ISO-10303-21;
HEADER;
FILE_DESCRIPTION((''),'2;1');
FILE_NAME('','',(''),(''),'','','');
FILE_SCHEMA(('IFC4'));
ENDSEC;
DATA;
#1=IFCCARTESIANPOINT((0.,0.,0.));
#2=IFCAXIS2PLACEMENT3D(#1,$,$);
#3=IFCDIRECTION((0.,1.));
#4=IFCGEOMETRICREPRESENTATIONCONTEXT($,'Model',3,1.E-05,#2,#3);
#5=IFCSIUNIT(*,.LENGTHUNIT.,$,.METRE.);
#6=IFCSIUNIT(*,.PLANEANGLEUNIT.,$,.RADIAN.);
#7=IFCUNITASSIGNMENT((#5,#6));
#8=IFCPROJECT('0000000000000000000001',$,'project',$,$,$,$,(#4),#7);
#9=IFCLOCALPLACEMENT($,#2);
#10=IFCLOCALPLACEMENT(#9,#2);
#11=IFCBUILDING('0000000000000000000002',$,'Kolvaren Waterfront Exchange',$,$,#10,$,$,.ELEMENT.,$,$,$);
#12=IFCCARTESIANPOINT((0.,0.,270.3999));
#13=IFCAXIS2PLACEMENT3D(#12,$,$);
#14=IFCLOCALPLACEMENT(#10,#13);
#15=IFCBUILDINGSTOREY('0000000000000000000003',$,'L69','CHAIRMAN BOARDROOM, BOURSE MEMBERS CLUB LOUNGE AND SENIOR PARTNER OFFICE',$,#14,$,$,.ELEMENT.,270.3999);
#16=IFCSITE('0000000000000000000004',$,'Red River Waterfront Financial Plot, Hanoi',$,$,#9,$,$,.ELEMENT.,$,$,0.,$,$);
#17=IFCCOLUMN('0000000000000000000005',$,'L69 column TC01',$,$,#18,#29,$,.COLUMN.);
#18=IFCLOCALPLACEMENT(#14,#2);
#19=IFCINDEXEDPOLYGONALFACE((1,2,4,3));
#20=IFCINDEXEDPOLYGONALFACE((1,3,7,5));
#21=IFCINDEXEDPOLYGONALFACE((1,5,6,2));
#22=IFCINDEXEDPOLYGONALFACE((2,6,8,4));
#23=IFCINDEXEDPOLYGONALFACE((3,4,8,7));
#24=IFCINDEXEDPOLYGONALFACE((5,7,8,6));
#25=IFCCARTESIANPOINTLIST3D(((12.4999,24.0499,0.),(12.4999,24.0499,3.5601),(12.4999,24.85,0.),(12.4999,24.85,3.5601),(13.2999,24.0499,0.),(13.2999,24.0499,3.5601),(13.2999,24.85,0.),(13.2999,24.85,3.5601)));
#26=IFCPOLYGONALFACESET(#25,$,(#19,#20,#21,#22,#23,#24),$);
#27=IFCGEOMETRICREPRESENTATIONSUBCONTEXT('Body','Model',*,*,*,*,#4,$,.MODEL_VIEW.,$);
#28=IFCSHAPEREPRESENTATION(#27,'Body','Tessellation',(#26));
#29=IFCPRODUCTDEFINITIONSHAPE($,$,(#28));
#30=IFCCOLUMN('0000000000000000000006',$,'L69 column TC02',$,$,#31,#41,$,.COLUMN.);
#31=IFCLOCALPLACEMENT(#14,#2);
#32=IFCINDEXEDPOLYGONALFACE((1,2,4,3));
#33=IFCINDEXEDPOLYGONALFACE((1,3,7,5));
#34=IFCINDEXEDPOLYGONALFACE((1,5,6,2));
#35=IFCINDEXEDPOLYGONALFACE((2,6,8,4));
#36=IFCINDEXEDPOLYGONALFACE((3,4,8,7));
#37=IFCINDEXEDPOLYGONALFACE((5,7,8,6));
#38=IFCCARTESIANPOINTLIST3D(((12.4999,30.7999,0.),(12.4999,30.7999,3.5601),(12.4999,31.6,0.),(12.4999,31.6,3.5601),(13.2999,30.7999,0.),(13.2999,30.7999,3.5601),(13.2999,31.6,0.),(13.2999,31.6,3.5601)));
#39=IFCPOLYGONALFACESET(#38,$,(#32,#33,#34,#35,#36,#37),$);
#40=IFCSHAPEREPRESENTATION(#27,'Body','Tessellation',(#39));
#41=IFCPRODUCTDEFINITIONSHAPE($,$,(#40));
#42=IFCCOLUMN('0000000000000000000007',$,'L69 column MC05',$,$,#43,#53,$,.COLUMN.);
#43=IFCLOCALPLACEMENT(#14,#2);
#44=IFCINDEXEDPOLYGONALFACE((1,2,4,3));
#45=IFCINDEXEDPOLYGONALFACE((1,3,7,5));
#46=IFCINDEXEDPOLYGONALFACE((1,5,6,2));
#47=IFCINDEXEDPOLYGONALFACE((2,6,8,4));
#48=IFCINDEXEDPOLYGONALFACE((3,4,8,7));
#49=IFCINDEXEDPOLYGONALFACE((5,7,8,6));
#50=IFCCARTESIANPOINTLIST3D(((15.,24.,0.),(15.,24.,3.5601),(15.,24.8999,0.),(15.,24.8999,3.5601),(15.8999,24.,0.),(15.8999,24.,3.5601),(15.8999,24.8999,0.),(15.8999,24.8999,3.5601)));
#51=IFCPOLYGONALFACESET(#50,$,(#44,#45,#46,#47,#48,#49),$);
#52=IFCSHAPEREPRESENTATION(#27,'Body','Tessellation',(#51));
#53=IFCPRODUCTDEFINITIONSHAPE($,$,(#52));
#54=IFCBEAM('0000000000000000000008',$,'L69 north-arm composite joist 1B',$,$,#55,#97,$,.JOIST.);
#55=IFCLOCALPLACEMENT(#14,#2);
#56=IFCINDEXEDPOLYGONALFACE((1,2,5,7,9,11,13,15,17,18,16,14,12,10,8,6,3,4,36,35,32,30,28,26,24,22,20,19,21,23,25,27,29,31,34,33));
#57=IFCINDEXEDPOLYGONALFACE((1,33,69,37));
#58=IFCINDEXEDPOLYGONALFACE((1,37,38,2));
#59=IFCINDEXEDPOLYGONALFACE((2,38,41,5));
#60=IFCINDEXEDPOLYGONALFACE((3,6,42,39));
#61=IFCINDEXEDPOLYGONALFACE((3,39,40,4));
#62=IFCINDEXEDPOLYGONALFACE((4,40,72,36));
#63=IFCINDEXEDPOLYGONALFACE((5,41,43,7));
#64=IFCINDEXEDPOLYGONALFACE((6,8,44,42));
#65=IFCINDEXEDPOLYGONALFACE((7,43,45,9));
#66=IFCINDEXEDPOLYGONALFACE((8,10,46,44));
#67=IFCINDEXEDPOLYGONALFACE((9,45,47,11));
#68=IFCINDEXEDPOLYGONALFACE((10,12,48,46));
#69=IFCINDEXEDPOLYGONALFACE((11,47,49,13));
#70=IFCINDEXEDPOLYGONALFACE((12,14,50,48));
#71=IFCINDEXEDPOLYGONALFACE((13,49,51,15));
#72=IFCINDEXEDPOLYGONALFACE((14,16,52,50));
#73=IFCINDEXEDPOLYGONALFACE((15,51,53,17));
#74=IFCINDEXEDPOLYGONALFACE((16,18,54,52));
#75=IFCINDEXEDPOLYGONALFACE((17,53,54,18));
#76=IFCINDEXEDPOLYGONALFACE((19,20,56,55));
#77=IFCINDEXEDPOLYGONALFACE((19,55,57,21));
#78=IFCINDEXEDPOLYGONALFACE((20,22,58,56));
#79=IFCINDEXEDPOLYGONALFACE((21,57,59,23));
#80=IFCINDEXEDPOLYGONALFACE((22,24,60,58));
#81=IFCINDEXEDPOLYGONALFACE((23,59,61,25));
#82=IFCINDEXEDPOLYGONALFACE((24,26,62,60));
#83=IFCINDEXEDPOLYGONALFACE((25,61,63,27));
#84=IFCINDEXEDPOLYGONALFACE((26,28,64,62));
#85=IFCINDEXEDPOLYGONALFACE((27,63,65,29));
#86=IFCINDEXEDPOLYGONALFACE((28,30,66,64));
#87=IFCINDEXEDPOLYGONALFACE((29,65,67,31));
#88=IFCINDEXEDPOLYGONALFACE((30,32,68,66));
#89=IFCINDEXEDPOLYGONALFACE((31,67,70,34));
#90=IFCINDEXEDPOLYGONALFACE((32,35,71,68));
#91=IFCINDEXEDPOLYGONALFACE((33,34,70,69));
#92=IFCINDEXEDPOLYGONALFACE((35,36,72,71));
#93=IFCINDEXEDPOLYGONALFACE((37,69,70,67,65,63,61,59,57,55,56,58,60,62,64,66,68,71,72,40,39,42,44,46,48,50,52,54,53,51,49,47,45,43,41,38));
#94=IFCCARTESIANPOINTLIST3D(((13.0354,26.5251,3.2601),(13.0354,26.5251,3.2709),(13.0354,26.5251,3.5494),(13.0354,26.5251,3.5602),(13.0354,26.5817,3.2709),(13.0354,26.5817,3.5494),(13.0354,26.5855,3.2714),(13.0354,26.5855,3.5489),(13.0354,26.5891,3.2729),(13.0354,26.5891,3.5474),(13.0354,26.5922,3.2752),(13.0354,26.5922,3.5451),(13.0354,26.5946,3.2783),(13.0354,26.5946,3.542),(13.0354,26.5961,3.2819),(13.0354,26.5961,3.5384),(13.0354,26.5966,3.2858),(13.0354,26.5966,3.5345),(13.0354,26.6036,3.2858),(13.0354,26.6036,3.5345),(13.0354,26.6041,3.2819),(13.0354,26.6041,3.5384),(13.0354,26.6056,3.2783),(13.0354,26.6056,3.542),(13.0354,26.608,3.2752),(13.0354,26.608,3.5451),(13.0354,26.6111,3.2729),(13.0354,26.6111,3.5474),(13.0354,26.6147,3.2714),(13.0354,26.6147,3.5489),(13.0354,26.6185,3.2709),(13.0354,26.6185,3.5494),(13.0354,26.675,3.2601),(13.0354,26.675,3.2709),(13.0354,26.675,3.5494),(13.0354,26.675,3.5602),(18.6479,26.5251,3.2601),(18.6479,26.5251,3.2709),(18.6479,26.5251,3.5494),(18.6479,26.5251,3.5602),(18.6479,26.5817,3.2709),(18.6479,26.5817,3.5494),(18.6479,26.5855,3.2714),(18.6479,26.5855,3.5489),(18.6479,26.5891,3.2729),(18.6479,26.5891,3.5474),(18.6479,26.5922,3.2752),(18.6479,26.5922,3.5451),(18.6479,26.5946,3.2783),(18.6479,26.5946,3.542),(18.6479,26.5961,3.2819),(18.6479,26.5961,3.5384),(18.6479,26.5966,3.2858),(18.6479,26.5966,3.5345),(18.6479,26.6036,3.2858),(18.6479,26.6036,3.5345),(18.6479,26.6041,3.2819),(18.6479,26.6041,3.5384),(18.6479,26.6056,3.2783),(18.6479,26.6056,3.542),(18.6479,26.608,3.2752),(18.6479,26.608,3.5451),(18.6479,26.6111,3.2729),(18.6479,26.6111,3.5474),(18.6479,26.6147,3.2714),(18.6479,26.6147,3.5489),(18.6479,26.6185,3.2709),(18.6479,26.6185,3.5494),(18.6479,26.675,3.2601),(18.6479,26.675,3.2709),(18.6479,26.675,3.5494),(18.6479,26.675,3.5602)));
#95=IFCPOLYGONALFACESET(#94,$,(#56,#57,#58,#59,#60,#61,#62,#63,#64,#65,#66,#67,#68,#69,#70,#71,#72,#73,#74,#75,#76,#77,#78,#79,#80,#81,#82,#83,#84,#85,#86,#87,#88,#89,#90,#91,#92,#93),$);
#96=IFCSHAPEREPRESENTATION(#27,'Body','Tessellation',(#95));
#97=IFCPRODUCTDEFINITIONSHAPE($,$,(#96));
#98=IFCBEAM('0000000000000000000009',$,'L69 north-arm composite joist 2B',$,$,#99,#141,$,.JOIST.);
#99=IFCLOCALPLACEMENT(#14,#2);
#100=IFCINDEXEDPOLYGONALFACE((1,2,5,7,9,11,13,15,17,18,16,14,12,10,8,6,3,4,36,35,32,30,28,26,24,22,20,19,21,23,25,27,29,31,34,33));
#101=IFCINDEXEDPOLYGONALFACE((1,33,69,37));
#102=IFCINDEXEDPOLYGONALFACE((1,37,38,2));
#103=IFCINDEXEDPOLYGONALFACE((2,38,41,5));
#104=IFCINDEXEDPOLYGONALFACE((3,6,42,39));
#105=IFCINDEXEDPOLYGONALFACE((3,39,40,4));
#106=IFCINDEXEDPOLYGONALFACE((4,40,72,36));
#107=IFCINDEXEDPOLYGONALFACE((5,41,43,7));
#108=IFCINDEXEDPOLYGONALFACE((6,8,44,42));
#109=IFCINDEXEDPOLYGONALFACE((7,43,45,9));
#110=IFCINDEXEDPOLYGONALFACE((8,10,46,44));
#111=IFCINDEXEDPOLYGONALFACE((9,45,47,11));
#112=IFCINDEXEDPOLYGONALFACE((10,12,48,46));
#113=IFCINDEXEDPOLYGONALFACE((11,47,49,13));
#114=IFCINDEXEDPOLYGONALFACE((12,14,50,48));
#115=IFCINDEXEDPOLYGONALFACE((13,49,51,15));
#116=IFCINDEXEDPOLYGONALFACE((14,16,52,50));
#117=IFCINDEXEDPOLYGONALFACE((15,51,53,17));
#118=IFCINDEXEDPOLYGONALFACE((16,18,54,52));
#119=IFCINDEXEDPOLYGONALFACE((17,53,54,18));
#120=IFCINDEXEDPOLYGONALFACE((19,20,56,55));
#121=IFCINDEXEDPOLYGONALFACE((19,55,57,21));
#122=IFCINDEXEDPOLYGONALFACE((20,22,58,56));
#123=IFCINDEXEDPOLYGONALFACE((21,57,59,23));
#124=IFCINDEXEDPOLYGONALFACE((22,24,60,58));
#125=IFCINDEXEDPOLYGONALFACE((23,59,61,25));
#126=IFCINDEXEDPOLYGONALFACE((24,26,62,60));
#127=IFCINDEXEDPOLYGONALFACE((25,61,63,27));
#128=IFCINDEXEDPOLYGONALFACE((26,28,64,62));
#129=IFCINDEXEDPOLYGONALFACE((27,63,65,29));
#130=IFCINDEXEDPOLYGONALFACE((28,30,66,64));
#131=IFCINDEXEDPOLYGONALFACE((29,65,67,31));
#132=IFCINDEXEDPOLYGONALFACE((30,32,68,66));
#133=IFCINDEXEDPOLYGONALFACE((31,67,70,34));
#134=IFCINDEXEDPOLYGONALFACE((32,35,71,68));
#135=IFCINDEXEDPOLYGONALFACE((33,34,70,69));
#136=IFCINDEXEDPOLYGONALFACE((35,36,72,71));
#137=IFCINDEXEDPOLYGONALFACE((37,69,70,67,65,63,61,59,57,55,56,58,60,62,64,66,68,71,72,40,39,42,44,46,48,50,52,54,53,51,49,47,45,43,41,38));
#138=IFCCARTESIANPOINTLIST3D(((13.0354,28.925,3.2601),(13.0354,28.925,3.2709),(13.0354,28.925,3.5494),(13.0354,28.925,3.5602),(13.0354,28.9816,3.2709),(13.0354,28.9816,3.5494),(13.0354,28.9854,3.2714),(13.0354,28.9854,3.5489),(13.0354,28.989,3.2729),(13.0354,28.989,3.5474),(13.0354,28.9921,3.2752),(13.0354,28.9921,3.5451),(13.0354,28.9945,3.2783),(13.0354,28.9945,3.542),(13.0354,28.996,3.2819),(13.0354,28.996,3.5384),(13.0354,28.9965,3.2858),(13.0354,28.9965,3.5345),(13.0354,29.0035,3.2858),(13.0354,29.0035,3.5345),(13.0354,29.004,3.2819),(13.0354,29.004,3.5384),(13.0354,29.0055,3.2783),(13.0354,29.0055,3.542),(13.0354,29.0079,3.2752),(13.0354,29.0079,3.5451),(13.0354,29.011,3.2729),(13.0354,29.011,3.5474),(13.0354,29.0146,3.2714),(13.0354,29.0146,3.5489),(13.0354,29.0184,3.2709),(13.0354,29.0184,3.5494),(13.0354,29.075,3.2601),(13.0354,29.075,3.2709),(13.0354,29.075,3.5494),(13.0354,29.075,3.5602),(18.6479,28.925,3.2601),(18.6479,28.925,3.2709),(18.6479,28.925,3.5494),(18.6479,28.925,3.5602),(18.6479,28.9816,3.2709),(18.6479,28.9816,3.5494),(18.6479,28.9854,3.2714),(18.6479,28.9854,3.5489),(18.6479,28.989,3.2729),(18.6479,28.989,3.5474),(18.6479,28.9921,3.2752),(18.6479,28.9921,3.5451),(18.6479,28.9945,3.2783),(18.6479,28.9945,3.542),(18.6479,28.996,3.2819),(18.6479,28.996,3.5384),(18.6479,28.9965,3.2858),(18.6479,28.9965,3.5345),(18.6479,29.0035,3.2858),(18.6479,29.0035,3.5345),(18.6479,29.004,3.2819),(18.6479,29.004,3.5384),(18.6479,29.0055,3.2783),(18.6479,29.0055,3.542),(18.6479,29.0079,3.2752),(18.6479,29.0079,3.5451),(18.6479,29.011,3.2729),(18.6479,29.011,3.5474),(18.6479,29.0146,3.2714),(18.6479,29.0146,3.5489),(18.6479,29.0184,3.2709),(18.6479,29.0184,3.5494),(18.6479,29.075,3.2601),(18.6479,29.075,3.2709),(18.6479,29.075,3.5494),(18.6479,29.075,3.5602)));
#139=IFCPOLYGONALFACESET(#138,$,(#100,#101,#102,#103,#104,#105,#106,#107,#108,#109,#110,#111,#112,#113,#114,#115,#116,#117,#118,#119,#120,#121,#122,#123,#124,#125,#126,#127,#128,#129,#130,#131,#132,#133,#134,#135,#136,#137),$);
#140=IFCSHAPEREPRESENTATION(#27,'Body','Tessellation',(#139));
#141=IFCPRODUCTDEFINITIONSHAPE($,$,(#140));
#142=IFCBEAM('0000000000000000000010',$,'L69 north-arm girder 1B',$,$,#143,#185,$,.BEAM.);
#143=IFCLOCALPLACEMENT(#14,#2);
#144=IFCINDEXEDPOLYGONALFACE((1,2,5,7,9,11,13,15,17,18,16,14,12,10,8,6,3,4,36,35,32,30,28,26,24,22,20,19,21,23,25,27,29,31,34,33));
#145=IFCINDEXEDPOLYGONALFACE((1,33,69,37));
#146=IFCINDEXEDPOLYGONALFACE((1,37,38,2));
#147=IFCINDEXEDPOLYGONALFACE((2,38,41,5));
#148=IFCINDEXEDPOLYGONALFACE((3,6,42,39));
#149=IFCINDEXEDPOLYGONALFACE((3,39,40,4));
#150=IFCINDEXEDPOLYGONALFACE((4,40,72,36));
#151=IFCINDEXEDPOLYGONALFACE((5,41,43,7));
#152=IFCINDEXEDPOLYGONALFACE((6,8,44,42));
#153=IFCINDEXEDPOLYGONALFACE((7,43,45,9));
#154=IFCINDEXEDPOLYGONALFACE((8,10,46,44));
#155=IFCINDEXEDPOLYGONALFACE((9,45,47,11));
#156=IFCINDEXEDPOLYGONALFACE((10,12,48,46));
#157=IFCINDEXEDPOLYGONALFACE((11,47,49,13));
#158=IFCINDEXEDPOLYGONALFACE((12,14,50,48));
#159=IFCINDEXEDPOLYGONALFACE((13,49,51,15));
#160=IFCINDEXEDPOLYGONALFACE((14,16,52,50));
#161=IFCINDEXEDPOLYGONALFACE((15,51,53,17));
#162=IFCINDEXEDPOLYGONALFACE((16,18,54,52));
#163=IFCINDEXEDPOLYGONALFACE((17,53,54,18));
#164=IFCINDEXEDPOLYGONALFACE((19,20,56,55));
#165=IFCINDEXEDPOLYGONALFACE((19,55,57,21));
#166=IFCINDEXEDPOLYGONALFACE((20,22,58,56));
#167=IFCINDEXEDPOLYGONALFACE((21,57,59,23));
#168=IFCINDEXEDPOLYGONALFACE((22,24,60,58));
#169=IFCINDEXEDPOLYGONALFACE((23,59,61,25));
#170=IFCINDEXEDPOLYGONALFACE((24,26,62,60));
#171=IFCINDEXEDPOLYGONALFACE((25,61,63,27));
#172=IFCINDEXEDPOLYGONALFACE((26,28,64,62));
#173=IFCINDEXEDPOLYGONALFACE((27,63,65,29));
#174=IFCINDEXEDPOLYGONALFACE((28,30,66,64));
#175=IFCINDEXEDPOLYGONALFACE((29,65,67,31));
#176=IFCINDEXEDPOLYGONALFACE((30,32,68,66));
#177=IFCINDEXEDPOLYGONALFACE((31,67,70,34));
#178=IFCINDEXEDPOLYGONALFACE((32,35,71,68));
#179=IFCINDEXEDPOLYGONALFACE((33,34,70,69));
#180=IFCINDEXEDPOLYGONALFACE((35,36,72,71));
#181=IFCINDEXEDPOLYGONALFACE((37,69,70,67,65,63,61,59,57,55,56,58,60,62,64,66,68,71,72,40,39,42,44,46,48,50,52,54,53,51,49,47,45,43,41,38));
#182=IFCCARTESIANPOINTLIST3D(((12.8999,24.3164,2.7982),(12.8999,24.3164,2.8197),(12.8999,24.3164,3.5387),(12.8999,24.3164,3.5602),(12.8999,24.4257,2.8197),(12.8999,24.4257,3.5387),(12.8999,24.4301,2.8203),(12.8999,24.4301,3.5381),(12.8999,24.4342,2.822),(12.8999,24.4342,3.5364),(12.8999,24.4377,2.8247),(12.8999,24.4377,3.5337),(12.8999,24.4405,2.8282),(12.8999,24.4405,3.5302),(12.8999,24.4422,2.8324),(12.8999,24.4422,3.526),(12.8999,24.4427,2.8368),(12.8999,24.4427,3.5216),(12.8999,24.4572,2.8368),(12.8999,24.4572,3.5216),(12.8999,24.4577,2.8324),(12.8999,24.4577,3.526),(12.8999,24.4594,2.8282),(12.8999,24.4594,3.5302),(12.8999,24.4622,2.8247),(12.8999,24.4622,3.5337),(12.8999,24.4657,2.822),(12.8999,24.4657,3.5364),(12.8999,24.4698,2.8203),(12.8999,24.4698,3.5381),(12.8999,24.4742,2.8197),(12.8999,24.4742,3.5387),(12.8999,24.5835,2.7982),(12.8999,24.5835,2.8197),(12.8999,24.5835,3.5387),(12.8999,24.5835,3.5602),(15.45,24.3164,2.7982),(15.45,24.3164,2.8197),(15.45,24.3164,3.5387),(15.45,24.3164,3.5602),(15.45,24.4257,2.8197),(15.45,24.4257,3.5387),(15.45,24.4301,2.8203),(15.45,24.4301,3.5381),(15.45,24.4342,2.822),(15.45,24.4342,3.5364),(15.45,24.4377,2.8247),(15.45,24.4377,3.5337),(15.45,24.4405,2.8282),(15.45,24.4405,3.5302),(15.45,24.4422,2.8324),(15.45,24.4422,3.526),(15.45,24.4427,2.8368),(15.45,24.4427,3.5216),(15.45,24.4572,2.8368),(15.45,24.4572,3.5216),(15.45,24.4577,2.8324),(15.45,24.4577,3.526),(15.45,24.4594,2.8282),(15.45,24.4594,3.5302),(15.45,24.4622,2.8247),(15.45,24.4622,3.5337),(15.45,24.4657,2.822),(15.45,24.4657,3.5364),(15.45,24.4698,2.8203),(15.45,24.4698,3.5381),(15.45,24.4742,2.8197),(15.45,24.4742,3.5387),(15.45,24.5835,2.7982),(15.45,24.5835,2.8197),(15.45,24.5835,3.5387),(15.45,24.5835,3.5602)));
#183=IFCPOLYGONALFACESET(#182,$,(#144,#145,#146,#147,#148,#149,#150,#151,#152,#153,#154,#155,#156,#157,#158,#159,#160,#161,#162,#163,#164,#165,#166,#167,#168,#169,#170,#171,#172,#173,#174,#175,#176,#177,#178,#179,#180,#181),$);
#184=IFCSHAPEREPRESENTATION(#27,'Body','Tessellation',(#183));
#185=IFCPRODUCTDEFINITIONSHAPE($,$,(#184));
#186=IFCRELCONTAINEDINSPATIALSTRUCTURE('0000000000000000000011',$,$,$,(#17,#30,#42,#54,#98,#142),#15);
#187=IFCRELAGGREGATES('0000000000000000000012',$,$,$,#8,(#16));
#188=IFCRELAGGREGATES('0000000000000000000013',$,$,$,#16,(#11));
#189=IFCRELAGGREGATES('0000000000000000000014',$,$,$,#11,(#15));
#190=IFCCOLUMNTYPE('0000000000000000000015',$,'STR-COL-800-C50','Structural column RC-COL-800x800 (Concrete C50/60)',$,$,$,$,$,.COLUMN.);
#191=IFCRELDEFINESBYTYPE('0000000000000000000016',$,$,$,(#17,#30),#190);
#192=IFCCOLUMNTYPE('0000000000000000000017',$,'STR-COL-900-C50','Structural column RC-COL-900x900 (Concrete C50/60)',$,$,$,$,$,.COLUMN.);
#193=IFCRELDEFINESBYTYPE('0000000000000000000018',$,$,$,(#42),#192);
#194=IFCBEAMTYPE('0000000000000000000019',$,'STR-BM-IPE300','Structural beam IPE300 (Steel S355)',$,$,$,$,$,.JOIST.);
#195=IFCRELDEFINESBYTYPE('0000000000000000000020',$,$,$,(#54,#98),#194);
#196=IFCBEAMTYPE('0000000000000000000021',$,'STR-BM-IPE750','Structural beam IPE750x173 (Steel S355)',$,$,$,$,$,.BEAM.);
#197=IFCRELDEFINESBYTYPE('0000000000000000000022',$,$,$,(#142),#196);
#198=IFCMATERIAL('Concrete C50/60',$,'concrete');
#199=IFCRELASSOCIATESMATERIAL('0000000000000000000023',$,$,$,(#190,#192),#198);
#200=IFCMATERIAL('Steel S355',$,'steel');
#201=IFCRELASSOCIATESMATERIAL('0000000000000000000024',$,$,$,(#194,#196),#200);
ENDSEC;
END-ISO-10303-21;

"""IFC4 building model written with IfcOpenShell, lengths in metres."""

from ifc_helpers import new_model, si_unit, direction, frame, origin, origin_2d, place, context, subcontext, project, spatial, rectangle, i_section, extrude, material, material_profile, profile_set, type_object, element, save


model = new_model("IFC4")

# Units and contexts
model_context = context("Model", 3, precision=1e-05, world=origin(), true_north=direction((0.0, 1.0)))
body_context = subcontext(model_context, "Body", "Model", "MODEL_VIEW")
ifc_project = project(units=[si_unit("LENGTHUNIT", "METRE"), si_unit("PLANEANGLEUNIT", "RADIAN")], contexts=[model_context])

# Site, building, storey
site_placement = place(None, origin())
site = spatial("IfcSite", under=ifc_project, at=site_placement, Name="Red River Waterfront Financial Plot, Hanoi", CompositionType="ELEMENT", RefElevation=0.0)
building_placement = place(site_placement, origin())
building = spatial("IfcBuilding", under=site, at=building_placement, Name="Kolvaren Waterfront Exchange", CompositionType="ELEMENT")
storey_placement = place(building_placement, frame((0.0, 0.0, 270.3999)))
storey = spatial("IfcBuildingStorey", under=building, at=storey_placement, Name="L69", Description="CHAIRMAN BOARDROOM, BOURSE MEMBERS CLUB LOUNGE AND SENIOR PARTNER OFFICE", CompositionType="ELEMENT", Elevation=270.3999)

# Columns
ifc_material_1 = material(Name="Concrete C50/60", Category="concrete")
ifc_material_profile_1 = material_profile(ifc_material_1, rectangle(XDim=0.8, YDim=0.8, at=origin_2d()), Name="RC-COL-800x800")
ifc_profile_set_1 = profile_set([ifc_material_profile_1], Name="Concrete C50/60")
column_type_1 = type_object("IfcColumnType", Name="STR-COL-800-C50", Description="Structural column RC-COL-800x800 (Concrete C50/60)", PredefinedType="COLUMN", material=ifc_profile_set_1)
for number, where, z_axis, x_axis, name in (
    (1, (12.8999, 24.45, 0.0), (0.0, 0.0, 1.0), (1.0, 0.0, 0.0), "L69 column TC01"),
    (2, (12.8999, 31.2, 0.0), (0.0, 0.0, 1.0), (1.0, 0.0, 0.0), "L69 column TC02"),
):
    element("IfcColumn", number, at=place(storey_placement, frame(where, z_axis=z_axis, x_axis=x_axis)), inside=storey, type_object=column_type_1, Name=name, PredefinedType="COLUMN", context=body_context, shape_type="SweptSolid", body=[
        extrude(rectangle(XDim=0.8, YDim=0.8, at=origin_2d()), origin(), (0.0, 0.0, 1.0), 3.5601),
    ])
ifc_material_profile_2 = material_profile(ifc_material_1, rectangle(XDim=0.8999, YDim=0.8999, at=origin_2d()), Name="RC-COL-900x900")
ifc_profile_set_2 = profile_set([ifc_material_profile_2], Name="Concrete C50/60")
column_type_2 = type_object("IfcColumnType", Name="STR-COL-900-C50", Description="Structural column RC-COL-900x900 (Concrete C50/60)", PredefinedType="COLUMN", material=ifc_profile_set_2)
column_placement = place(storey_placement, frame((15.45, 24.45, 0.0), z_axis=(0.0, 0.0, 1.0), x_axis=(1.0, 0.0, 0.0)))
element("IfcColumn", 3, at=column_placement, inside=storey, type_object=column_type_2, Name="L69 column MC05", PredefinedType="COLUMN", context=body_context, shape_type="SweptSolid", body=[
    extrude(rectangle(XDim=0.8999, YDim=0.8999, at=origin_2d()), origin(), (0.0, 0.0, 1.0), 3.5601),
])

# Beams
ifc_material_2 = material(Name="Steel S355", Category="steel")
ifc_material_profile_3 = material_profile(ifc_material_2, i_section(OverallWidth=0.1499, OverallDepth=0.3, WebThickness=0.0071, FlangeThickness=0.0107, FilletRadius=0.0149, at=origin_2d()), Name="IPE300")
ifc_profile_set_3 = profile_set([ifc_material_profile_3], Name="Steel S355")
beam_type_1 = type_object("IfcBeamType", Name="STR-BM-IPE300", Description="Structural beam IPE300 (Steel S355)", PredefinedType="JOIST", material=ifc_profile_set_3)
for number, where, z_axis, x_axis, name in (
    (4, (13.0354, 26.6001, 3.4102), (1.0, 0.0, 0.0), (0.0, 1.0, 0.0), "L69 north-arm composite joist 1B"),
    (5, (13.0354, 29.0, 3.4102), (1.0, 0.0, 0.0), (0.0, 1.0, 0.0), "L69 north-arm composite joist 2B"),
):
    element("IfcBeam", number, at=place(storey_placement, frame(where, z_axis=z_axis, x_axis=x_axis)), inside=storey, type_object=beam_type_1, Name=name, PredefinedType="JOIST", context=body_context, shape_type="SweptSolid", body=[
        extrude(i_section(OverallWidth=0.1499, OverallDepth=0.3, WebThickness=0.0071, FlangeThickness=0.0107, FilletRadius=0.0149, at=origin_2d()), origin(), (0.0, 0.0, 1.0), 5.6125),
    ])
ifc_material_profile_4 = material_profile(ifc_material_2, i_section(OverallWidth=0.2671, OverallDepth=0.762, WebThickness=0.0144, FlangeThickness=0.0215, FilletRadius=0.0171, at=origin_2d()), Name="IPE750x173")
ifc_profile_set_4 = profile_set([ifc_material_profile_4], Name="Steel S355")
beam_type_2 = type_object("IfcBeamType", Name="STR-BM-IPE750", Description="Structural beam IPE750x173 (Steel S355)", PredefinedType="BEAM", material=ifc_profile_set_4)
beam_1_placement = place(storey_placement, frame((12.8999, 24.45, 3.1792), z_axis=(1.0, 0.0, 0.0), x_axis=(0.0, 1.0, 0.0)))
element("IfcBeam", 6, at=beam_1_placement, inside=storey, type_object=beam_type_2, Name="L69 north-arm girder 1B", PredefinedType="BEAM", context=body_context, shape_type="SweptSolid", body=[
    extrude(i_section(OverallWidth=0.2671, OverallDepth=0.762, WebThickness=0.0144, FlangeThickness=0.0215, FilletRadius=0.0171, at=origin_2d()), origin(), (0.0, 0.0, 1.0), 2.55),
])

save(model, "model.ifc")
